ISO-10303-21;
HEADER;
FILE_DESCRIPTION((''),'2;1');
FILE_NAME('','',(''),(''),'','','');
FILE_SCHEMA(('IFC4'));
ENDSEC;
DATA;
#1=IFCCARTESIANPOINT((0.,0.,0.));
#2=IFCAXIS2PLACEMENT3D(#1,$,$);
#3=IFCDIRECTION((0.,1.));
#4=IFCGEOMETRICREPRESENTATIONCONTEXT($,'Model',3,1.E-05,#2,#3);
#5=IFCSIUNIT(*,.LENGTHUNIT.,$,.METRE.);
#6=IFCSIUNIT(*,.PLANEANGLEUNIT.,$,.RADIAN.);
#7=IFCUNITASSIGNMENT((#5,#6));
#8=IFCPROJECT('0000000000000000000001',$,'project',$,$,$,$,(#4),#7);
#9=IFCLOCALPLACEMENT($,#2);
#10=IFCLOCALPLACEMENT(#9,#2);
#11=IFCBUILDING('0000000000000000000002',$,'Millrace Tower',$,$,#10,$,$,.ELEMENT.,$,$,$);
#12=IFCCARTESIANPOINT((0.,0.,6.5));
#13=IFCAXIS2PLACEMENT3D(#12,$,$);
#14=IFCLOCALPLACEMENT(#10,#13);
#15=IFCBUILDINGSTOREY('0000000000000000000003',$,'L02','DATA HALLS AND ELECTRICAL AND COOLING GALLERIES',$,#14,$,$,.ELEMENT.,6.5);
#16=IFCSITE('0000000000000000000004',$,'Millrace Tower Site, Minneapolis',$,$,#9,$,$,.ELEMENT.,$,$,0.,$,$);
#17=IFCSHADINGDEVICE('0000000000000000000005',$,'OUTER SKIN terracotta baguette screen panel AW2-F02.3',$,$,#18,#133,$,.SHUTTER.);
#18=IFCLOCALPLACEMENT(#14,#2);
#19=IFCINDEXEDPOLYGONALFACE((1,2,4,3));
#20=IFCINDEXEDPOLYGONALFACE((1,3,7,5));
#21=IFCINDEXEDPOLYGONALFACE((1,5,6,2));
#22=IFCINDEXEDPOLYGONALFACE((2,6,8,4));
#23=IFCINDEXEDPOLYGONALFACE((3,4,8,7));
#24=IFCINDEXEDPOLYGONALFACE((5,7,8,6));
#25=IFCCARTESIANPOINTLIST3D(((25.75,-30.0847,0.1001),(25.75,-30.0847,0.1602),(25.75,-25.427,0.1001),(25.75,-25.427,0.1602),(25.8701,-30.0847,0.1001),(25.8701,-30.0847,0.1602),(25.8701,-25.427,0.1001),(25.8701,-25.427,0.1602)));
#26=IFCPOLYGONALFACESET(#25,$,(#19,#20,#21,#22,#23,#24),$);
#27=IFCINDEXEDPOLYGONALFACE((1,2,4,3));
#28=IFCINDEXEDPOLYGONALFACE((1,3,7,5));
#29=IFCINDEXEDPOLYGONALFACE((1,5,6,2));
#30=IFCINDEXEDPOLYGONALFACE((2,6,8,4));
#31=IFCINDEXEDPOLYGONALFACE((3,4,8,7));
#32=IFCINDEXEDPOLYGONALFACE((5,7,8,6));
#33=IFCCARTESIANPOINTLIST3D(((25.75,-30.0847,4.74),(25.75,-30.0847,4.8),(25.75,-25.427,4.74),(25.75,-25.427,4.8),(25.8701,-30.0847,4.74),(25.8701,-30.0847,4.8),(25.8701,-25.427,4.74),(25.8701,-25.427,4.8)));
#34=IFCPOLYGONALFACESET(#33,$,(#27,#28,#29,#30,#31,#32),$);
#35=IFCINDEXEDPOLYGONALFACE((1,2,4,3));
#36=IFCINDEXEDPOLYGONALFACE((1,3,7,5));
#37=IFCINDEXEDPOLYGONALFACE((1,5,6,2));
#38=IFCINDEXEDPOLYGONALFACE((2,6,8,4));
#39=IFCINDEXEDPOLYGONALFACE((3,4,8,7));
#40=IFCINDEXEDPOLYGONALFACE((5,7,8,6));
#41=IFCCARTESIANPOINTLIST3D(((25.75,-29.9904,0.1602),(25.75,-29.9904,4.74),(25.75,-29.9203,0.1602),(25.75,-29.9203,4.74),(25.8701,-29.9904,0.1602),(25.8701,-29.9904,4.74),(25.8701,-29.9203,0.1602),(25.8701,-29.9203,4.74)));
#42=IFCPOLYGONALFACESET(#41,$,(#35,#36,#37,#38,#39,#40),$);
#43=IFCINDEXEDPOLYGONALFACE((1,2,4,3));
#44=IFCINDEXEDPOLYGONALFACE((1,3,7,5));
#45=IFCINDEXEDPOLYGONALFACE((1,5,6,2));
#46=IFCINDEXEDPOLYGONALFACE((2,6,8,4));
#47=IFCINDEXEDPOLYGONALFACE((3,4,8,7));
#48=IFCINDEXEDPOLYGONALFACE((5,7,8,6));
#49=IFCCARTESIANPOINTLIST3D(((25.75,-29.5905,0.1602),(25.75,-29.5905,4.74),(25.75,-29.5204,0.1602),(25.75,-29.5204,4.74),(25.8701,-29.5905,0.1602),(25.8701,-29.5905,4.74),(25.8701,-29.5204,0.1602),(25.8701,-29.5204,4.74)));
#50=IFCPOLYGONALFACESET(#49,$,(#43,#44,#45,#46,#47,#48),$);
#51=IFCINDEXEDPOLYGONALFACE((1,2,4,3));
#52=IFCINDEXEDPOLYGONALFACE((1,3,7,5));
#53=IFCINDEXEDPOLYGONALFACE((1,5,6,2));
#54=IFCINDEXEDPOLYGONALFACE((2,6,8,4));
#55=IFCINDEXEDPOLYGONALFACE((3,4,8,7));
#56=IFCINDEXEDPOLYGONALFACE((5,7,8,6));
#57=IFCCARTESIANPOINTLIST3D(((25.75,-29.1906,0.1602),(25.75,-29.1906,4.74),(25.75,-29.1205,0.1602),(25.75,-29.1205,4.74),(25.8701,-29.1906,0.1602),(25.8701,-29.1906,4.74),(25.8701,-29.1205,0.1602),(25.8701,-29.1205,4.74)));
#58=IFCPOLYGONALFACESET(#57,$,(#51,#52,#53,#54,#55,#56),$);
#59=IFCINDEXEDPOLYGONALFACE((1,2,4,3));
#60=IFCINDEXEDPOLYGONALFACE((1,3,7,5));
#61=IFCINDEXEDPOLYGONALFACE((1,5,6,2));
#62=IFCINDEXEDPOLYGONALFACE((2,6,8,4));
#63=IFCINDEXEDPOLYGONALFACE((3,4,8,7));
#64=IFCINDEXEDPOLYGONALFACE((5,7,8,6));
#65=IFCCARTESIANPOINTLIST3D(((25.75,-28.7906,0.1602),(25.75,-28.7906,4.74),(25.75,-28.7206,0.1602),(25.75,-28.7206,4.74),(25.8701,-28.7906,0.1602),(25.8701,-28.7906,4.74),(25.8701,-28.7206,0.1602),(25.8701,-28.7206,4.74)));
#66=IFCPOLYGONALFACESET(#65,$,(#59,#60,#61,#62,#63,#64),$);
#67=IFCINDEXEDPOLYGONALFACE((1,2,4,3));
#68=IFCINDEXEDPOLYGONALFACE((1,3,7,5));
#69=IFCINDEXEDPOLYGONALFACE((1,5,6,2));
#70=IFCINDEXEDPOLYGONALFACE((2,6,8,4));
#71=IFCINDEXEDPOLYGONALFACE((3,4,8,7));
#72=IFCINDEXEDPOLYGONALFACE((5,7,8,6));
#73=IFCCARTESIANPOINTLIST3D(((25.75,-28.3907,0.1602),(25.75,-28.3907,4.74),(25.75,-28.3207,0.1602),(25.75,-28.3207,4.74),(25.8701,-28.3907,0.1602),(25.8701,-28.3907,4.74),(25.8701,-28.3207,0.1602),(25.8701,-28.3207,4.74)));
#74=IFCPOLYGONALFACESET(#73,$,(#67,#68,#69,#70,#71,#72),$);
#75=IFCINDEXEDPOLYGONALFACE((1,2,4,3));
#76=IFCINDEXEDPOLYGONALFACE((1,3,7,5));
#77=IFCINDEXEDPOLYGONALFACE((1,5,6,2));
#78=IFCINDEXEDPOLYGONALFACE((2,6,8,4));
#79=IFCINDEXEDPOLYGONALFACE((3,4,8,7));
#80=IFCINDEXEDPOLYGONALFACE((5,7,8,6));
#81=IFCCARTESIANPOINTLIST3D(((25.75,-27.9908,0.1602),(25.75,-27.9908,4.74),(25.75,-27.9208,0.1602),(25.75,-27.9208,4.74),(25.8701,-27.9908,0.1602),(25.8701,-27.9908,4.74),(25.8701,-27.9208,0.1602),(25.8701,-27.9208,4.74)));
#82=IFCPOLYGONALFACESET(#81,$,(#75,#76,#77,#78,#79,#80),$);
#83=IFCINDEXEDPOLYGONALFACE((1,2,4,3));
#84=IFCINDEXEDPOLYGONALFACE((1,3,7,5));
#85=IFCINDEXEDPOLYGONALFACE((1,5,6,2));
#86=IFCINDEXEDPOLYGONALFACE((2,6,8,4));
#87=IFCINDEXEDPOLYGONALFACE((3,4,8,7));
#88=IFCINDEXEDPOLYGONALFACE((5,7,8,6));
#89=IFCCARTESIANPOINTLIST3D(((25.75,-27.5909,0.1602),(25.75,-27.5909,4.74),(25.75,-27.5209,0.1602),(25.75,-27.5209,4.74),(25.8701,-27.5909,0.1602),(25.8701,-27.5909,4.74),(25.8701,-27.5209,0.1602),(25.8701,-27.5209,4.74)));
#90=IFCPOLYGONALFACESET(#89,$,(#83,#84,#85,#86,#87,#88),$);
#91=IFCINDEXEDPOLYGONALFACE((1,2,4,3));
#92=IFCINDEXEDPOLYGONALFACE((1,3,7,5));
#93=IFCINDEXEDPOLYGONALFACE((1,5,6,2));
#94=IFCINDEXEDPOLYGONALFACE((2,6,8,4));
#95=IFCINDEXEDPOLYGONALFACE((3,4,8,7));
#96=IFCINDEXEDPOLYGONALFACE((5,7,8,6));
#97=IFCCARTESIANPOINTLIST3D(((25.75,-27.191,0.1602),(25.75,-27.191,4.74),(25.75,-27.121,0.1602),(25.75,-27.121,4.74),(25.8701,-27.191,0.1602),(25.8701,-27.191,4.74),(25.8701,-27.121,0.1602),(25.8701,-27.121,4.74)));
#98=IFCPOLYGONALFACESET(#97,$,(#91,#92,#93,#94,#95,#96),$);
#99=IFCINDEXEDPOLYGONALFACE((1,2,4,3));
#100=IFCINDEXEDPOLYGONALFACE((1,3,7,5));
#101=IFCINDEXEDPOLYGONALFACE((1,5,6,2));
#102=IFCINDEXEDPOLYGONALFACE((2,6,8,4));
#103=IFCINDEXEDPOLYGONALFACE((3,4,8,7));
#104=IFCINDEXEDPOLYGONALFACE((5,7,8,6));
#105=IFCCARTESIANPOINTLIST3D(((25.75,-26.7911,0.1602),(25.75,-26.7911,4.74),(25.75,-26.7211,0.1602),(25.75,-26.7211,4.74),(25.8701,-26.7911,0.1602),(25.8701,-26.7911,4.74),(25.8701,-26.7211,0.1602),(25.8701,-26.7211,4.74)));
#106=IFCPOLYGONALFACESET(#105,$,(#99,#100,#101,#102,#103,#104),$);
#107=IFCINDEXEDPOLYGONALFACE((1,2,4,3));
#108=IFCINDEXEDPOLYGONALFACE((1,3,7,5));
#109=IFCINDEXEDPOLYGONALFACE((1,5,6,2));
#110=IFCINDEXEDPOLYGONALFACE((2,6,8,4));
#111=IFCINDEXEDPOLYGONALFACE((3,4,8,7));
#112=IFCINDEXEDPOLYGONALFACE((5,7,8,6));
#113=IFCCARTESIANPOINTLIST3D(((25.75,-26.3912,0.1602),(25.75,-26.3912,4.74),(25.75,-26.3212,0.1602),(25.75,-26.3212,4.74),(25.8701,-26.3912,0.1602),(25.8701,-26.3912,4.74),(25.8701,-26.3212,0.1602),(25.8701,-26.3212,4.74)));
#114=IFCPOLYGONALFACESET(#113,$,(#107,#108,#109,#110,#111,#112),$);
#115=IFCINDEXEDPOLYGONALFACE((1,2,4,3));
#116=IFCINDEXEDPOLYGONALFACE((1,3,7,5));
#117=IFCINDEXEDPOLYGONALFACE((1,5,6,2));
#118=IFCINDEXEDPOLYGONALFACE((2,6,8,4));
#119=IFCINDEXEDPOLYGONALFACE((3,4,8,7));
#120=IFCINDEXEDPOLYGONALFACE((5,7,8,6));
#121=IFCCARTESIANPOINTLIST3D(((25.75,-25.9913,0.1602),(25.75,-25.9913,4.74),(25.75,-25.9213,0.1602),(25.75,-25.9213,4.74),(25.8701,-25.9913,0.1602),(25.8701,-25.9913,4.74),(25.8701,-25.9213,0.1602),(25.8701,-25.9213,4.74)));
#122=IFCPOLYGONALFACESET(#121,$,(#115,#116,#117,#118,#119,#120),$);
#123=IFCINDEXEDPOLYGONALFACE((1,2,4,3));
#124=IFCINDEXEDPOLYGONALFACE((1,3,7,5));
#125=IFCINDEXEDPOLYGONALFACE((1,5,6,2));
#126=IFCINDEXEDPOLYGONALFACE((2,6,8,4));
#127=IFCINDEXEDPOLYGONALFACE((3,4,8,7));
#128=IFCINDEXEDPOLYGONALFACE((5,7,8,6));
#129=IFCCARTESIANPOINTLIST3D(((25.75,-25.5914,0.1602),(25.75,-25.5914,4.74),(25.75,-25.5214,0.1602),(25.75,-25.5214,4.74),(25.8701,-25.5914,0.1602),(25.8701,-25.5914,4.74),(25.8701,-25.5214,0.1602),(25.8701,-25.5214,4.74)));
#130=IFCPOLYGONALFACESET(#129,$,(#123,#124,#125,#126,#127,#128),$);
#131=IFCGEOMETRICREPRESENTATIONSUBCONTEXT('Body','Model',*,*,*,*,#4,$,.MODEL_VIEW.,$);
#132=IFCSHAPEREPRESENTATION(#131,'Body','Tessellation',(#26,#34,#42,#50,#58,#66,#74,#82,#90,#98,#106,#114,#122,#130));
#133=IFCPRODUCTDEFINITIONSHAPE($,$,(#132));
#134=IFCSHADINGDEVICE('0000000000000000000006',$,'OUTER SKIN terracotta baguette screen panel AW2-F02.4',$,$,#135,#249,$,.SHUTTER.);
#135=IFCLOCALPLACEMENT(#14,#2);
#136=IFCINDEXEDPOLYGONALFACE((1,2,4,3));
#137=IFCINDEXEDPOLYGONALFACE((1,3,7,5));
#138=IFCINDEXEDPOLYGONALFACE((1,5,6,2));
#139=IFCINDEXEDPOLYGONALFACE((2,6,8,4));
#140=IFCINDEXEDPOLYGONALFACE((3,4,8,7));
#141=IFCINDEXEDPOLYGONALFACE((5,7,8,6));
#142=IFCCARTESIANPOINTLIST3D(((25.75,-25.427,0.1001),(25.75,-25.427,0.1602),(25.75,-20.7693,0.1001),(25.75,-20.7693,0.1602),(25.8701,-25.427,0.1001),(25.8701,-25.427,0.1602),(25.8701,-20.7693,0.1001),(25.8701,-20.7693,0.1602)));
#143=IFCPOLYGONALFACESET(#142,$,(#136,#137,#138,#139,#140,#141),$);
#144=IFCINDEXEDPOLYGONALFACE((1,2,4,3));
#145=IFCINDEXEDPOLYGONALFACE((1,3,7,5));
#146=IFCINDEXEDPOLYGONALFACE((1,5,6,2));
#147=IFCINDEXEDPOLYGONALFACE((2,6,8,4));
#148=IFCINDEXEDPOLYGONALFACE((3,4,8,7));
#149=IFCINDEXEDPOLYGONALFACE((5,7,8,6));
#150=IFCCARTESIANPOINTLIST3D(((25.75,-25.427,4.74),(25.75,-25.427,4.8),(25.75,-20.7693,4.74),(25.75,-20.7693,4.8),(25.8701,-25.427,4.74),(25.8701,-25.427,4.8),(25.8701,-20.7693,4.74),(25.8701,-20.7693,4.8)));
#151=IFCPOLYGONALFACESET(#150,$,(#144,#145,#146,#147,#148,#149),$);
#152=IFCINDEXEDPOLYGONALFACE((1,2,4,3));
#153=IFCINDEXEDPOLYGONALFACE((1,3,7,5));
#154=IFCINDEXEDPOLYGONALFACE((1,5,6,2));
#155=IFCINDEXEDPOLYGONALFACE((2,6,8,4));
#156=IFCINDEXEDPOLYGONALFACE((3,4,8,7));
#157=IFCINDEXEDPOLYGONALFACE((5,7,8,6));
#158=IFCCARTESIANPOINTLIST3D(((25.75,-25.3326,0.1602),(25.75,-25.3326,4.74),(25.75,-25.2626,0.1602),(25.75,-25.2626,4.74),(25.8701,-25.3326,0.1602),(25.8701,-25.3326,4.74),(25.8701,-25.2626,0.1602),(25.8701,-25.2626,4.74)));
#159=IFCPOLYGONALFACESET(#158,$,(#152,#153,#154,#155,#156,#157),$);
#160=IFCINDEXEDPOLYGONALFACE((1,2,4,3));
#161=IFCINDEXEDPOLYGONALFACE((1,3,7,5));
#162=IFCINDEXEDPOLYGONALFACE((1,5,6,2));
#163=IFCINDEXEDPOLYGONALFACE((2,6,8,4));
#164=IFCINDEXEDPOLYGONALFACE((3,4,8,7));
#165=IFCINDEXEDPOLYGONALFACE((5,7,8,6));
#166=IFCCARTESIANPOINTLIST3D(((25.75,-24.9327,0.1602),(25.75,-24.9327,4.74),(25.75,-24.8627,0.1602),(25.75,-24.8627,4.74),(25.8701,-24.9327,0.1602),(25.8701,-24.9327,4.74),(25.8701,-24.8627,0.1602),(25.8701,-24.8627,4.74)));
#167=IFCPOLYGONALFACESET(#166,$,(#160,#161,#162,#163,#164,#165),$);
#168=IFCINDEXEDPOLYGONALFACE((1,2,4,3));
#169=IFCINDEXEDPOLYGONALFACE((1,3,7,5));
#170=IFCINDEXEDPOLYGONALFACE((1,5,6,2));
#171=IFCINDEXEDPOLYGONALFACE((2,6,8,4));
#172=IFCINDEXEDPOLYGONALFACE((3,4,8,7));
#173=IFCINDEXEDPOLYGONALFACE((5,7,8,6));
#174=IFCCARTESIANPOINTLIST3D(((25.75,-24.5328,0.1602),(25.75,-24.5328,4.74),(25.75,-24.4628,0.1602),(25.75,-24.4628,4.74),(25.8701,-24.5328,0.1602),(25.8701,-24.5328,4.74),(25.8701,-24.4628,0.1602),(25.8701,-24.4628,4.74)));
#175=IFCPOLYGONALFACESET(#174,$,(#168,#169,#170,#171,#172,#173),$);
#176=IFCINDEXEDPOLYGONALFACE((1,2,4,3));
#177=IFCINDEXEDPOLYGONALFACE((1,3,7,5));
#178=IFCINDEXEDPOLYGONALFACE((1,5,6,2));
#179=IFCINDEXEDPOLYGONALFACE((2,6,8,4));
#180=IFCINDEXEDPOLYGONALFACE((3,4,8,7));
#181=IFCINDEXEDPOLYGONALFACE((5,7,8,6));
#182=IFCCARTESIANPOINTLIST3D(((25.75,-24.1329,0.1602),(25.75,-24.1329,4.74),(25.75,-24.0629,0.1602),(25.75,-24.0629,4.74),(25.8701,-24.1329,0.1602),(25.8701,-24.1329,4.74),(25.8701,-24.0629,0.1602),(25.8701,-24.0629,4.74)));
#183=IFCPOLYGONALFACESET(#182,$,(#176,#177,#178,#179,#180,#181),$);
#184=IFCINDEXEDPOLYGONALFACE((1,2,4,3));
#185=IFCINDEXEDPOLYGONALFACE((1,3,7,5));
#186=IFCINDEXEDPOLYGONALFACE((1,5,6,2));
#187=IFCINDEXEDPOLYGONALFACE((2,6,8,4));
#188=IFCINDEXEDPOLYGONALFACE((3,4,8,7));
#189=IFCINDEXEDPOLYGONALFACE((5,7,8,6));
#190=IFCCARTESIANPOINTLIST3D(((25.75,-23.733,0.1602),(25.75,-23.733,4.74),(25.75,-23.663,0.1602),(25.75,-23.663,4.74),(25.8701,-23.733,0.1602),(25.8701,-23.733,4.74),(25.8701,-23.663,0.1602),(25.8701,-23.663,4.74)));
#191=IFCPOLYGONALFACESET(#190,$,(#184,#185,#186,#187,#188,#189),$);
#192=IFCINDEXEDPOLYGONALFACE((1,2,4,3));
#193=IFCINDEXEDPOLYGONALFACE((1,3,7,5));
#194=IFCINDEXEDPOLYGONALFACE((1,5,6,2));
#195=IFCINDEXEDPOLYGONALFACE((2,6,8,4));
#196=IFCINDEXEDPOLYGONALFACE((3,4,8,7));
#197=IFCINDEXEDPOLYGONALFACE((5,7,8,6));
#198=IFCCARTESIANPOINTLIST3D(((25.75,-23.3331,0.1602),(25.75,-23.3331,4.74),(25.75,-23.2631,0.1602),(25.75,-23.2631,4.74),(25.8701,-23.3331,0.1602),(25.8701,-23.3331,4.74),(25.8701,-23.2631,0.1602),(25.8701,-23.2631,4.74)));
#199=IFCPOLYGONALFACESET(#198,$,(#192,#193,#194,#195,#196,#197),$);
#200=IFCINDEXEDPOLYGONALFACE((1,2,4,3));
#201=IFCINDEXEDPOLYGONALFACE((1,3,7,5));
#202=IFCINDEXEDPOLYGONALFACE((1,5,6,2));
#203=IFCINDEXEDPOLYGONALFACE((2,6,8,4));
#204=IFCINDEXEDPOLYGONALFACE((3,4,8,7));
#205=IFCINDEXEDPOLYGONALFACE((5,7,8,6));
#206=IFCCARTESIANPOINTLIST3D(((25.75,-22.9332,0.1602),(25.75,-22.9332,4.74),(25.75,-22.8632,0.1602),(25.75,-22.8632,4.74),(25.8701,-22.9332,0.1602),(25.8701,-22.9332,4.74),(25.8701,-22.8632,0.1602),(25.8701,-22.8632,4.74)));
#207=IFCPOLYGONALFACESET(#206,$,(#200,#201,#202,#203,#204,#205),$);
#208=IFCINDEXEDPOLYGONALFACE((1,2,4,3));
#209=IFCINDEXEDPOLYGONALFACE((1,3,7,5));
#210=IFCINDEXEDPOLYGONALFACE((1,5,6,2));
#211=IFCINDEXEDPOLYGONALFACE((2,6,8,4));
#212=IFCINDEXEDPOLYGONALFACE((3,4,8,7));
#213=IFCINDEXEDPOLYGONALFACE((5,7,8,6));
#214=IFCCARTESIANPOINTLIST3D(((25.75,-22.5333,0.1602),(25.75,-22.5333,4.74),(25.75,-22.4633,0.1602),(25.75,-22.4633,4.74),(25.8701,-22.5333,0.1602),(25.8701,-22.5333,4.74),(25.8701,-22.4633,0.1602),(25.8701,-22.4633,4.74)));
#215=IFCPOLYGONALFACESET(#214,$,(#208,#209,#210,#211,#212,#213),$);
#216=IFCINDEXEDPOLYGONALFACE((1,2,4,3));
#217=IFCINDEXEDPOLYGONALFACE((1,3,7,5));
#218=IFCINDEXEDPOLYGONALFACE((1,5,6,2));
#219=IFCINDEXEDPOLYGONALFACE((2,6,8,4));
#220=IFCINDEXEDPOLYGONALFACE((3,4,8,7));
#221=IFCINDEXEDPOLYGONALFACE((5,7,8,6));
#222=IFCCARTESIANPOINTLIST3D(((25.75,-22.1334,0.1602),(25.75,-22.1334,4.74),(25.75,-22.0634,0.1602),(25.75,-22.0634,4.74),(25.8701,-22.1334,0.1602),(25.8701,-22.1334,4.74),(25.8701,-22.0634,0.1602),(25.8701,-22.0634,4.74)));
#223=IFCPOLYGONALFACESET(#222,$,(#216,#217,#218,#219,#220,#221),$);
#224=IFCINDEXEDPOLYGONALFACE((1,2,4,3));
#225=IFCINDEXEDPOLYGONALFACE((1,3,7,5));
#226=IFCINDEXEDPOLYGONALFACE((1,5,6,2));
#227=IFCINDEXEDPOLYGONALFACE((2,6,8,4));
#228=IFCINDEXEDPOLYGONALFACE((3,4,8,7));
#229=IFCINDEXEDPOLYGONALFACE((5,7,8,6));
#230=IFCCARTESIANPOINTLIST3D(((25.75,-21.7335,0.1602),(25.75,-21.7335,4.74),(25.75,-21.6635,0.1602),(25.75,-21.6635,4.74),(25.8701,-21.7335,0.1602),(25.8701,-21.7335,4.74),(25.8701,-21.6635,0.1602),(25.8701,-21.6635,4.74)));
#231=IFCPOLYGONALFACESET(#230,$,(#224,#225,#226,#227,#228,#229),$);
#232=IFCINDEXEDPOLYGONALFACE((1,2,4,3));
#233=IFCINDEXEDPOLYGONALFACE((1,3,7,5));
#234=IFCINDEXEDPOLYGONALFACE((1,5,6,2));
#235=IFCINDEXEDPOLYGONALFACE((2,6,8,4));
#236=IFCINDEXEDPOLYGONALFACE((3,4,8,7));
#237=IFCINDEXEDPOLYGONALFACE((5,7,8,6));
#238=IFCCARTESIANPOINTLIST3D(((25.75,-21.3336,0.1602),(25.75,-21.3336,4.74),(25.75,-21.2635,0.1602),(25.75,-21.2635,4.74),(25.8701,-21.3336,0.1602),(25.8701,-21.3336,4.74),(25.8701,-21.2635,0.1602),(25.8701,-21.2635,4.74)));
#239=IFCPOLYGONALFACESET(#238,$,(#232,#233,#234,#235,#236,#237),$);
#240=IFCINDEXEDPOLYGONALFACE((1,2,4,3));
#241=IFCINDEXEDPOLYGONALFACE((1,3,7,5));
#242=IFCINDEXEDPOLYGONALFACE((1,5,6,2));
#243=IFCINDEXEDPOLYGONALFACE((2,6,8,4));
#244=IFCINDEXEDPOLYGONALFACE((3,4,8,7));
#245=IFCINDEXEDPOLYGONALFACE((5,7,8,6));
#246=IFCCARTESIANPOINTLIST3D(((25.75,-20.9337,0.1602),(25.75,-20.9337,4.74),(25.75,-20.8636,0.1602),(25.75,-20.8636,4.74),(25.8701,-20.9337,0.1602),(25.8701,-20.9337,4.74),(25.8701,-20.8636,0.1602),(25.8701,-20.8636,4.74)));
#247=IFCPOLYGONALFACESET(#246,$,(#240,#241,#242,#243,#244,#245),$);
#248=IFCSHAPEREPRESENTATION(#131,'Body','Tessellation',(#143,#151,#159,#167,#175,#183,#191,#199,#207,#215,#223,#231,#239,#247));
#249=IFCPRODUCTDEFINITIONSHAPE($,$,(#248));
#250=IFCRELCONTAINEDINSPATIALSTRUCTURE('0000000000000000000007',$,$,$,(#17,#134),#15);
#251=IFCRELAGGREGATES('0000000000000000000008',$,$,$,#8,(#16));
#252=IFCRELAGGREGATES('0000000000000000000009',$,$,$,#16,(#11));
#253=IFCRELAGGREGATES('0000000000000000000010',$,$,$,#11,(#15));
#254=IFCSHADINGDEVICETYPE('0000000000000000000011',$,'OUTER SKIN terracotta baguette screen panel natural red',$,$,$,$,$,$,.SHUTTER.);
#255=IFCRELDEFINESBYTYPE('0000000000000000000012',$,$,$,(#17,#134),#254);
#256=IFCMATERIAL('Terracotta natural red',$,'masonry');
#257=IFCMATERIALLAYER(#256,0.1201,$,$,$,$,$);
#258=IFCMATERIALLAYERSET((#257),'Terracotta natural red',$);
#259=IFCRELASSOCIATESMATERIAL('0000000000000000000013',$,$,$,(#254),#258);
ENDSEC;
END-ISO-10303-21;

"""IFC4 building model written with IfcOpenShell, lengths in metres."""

from ifc_helpers import new_model, entity, si_unit, direction, frame, frame_2d, origin, place, context, subcontext, project, spatial, rectangle, extrude, source, transform, mapped, material, layer, layer_set, type_object, element, save


model = new_model("IFC4")

# Units and contexts
model_context = context("Model", 3, precision=1e-05, world=origin(), true_north=direction((0.0, 1.0)))
body_context = subcontext(model_context, "Body", "Model", "MODEL_VIEW")
ifc_project = project(units=[si_unit("LENGTHUNIT", "METRE"), si_unit("PLANEANGLEUNIT", "RADIAN")], contexts=[model_context])

# Site, building, storey
site_placement = place(None, origin())
site = spatial("IfcSite", under=ifc_project, at=site_placement, Name="Millrace Tower Site, Minneapolis", CompositionType="ELEMENT", RefElevation=0.0)
building_placement = place(site_placement, origin())
building = spatial("IfcBuilding", under=site, at=building_placement, Name="Millrace Tower", CompositionType="ELEMENT")
storey_placement = place(building_placement, frame((0.0, 0.0, 6.5)))
storey = spatial("IfcBuildingStorey", under=building, at=storey_placement, Name="L02", Description="DATA HALLS AND ELECTRICAL AND COOLING GALLERIES", CompositionType="ELEMENT", Elevation=6.5)

# Shading devices
cartesian_point = entity("IfcCartesianPoint", [-2.3289, 0.0601])
shared_polyline = entity("IfcPolyline", [cartesian_point, entity("IfcCartesianPoint", [2.3289, 0.0601]), entity("IfcCartesianPoint", [2.3289, -0.0601]), entity("IfcCartesianPoint", [-2.3289, -0.0601]), cartesian_point])
ifc_material_1 = material(Name="Terracotta natural red", Category="masonry")
ifc_layer_1 = layer(ifc_material_1, 0.1201)
ifc_layer_set_1 = layer_set([ifc_layer_1], Name="Terracotta natural red")
shading_device_type_1 = type_object("IfcShadingDeviceType", Name="OUTER SKIN terracotta baguette screen panel natural red", PredefinedType="SHUTTER", material=ifc_layer_set_1)
shared_shape_1 = source(origin(), body_context, "Body", "SweptSolid", [
    entity("IfcExtrudedAreaSolid", entity("IfcArbitraryClosedProfileDef", "AREA", None, shared_polyline), entity("IfcAxis2Placement3D", entity("IfcCartesianPoint", [0.0, 0.0, 0.0])), entity("IfcDirection", [0.0, 0.0, 1.0]), 0.0601),
    entity("IfcExtrudedAreaSolid", entity("IfcArbitraryClosedProfileDef", "AREA", None, shared_polyline), entity("IfcAxis2Placement3D", entity("IfcCartesianPoint", [0.0, 0.0, 4.6399])), entity("IfcDirection", [0.0, 0.0, 1.0]), 0.0601),
    extrude(rectangle(XDim=0.0701, YDim=0.1201, at=frame_2d((-2.1995, 0.0))), frame((0.0, 0.0, 0.0601)), (0.0, 0.0, 1.0), 4.5798),
    extrude(rectangle(XDim=0.0701, YDim=0.1201, at=frame_2d((-1.7996, 0.0))), frame((0.0, 0.0, 0.0601)), (0.0, 0.0, 1.0), 4.5798),
    extrude(rectangle(XDim=0.0701, YDim=0.1201, at=frame_2d((-1.3997, 0.0))), frame((0.0, 0.0, 0.0601)), (0.0, 0.0, 1.0), 4.5798),
    extrude(rectangle(XDim=0.0701, YDim=0.1201, at=frame_2d((-0.9998, 0.0))), frame((0.0, 0.0, 0.0601)), (0.0, 0.0, 1.0), 4.5798),
    extrude(rectangle(XDim=0.0701, YDim=0.1201, at=frame_2d((-0.5999, 0.0))), frame((0.0, 0.0, 0.0601)), (0.0, 0.0, 1.0), 4.5798),
    extrude(rectangle(XDim=0.0701, YDim=0.1201, at=frame_2d((-0.2, 0.0))), frame((0.0, 0.0, 0.0601)), (0.0, 0.0, 1.0), 4.5798),
    extrude(rectangle(XDim=0.0701, YDim=0.1201, at=frame_2d((0.2, 0.0))), frame((0.0, 0.0, 0.0601)), (0.0, 0.0, 1.0), 4.5798),
    extrude(rectangle(XDim=0.0701, YDim=0.1201, at=frame_2d((0.5999, 0.0))), frame((0.0, 0.0, 0.0601)), (0.0, 0.0, 1.0), 4.5798),
    extrude(rectangle(XDim=0.0701, YDim=0.1201, at=frame_2d((0.9998, 0.0))), frame((0.0, 0.0, 0.0601)), (0.0, 0.0, 1.0), 4.5798),
    extrude(rectangle(XDim=0.0701, YDim=0.1201, at=frame_2d((1.3997, 0.0))), frame((0.0, 0.0, 0.0601)), (0.0, 0.0, 1.0), 4.5798),
    extrude(rectangle(XDim=0.0701, YDim=0.1201, at=frame_2d((1.7996, 0.0))), frame((0.0, 0.0, 0.0601)), (0.0, 0.0, 1.0), 4.5798),
    extrude(rectangle(XDim=0.0701, YDim=0.1201, at=frame_2d((2.1995, 0.0))), frame((0.0, 0.0, 0.0601)), (0.0, 0.0, 1.0), 4.5798),
])
for number, where, z_axis, x_axis, name in (
    (1, (25.8101, -27.7559, 0.1001), (0.0, 0.0, 1.0), (0.0, 1.0, 0.0), "OUTER SKIN terracotta baguette screen panel AW2-F02.3"),
    (2, (25.8101, -23.0981, 0.1001), (0.0, 0.0, 1.0), (0.0, 1.0, 0.0), "OUTER SKIN terracotta baguette screen panel AW2-F02.4"),
):
    element("IfcShadingDevice", number, at=place(storey_placement, frame(where, z_axis=z_axis, x_axis=x_axis)), inside=storey, type_object=shading_device_type_1, Name=name, PredefinedType="SHUTTER", context=body_context, shape_type="MappedRepresentation", body=[
        mapped(shared_shape_1, transform((0.0, 0.0, 0.0), scale=1.0)),
    ])

save(model, "model.ifc")
